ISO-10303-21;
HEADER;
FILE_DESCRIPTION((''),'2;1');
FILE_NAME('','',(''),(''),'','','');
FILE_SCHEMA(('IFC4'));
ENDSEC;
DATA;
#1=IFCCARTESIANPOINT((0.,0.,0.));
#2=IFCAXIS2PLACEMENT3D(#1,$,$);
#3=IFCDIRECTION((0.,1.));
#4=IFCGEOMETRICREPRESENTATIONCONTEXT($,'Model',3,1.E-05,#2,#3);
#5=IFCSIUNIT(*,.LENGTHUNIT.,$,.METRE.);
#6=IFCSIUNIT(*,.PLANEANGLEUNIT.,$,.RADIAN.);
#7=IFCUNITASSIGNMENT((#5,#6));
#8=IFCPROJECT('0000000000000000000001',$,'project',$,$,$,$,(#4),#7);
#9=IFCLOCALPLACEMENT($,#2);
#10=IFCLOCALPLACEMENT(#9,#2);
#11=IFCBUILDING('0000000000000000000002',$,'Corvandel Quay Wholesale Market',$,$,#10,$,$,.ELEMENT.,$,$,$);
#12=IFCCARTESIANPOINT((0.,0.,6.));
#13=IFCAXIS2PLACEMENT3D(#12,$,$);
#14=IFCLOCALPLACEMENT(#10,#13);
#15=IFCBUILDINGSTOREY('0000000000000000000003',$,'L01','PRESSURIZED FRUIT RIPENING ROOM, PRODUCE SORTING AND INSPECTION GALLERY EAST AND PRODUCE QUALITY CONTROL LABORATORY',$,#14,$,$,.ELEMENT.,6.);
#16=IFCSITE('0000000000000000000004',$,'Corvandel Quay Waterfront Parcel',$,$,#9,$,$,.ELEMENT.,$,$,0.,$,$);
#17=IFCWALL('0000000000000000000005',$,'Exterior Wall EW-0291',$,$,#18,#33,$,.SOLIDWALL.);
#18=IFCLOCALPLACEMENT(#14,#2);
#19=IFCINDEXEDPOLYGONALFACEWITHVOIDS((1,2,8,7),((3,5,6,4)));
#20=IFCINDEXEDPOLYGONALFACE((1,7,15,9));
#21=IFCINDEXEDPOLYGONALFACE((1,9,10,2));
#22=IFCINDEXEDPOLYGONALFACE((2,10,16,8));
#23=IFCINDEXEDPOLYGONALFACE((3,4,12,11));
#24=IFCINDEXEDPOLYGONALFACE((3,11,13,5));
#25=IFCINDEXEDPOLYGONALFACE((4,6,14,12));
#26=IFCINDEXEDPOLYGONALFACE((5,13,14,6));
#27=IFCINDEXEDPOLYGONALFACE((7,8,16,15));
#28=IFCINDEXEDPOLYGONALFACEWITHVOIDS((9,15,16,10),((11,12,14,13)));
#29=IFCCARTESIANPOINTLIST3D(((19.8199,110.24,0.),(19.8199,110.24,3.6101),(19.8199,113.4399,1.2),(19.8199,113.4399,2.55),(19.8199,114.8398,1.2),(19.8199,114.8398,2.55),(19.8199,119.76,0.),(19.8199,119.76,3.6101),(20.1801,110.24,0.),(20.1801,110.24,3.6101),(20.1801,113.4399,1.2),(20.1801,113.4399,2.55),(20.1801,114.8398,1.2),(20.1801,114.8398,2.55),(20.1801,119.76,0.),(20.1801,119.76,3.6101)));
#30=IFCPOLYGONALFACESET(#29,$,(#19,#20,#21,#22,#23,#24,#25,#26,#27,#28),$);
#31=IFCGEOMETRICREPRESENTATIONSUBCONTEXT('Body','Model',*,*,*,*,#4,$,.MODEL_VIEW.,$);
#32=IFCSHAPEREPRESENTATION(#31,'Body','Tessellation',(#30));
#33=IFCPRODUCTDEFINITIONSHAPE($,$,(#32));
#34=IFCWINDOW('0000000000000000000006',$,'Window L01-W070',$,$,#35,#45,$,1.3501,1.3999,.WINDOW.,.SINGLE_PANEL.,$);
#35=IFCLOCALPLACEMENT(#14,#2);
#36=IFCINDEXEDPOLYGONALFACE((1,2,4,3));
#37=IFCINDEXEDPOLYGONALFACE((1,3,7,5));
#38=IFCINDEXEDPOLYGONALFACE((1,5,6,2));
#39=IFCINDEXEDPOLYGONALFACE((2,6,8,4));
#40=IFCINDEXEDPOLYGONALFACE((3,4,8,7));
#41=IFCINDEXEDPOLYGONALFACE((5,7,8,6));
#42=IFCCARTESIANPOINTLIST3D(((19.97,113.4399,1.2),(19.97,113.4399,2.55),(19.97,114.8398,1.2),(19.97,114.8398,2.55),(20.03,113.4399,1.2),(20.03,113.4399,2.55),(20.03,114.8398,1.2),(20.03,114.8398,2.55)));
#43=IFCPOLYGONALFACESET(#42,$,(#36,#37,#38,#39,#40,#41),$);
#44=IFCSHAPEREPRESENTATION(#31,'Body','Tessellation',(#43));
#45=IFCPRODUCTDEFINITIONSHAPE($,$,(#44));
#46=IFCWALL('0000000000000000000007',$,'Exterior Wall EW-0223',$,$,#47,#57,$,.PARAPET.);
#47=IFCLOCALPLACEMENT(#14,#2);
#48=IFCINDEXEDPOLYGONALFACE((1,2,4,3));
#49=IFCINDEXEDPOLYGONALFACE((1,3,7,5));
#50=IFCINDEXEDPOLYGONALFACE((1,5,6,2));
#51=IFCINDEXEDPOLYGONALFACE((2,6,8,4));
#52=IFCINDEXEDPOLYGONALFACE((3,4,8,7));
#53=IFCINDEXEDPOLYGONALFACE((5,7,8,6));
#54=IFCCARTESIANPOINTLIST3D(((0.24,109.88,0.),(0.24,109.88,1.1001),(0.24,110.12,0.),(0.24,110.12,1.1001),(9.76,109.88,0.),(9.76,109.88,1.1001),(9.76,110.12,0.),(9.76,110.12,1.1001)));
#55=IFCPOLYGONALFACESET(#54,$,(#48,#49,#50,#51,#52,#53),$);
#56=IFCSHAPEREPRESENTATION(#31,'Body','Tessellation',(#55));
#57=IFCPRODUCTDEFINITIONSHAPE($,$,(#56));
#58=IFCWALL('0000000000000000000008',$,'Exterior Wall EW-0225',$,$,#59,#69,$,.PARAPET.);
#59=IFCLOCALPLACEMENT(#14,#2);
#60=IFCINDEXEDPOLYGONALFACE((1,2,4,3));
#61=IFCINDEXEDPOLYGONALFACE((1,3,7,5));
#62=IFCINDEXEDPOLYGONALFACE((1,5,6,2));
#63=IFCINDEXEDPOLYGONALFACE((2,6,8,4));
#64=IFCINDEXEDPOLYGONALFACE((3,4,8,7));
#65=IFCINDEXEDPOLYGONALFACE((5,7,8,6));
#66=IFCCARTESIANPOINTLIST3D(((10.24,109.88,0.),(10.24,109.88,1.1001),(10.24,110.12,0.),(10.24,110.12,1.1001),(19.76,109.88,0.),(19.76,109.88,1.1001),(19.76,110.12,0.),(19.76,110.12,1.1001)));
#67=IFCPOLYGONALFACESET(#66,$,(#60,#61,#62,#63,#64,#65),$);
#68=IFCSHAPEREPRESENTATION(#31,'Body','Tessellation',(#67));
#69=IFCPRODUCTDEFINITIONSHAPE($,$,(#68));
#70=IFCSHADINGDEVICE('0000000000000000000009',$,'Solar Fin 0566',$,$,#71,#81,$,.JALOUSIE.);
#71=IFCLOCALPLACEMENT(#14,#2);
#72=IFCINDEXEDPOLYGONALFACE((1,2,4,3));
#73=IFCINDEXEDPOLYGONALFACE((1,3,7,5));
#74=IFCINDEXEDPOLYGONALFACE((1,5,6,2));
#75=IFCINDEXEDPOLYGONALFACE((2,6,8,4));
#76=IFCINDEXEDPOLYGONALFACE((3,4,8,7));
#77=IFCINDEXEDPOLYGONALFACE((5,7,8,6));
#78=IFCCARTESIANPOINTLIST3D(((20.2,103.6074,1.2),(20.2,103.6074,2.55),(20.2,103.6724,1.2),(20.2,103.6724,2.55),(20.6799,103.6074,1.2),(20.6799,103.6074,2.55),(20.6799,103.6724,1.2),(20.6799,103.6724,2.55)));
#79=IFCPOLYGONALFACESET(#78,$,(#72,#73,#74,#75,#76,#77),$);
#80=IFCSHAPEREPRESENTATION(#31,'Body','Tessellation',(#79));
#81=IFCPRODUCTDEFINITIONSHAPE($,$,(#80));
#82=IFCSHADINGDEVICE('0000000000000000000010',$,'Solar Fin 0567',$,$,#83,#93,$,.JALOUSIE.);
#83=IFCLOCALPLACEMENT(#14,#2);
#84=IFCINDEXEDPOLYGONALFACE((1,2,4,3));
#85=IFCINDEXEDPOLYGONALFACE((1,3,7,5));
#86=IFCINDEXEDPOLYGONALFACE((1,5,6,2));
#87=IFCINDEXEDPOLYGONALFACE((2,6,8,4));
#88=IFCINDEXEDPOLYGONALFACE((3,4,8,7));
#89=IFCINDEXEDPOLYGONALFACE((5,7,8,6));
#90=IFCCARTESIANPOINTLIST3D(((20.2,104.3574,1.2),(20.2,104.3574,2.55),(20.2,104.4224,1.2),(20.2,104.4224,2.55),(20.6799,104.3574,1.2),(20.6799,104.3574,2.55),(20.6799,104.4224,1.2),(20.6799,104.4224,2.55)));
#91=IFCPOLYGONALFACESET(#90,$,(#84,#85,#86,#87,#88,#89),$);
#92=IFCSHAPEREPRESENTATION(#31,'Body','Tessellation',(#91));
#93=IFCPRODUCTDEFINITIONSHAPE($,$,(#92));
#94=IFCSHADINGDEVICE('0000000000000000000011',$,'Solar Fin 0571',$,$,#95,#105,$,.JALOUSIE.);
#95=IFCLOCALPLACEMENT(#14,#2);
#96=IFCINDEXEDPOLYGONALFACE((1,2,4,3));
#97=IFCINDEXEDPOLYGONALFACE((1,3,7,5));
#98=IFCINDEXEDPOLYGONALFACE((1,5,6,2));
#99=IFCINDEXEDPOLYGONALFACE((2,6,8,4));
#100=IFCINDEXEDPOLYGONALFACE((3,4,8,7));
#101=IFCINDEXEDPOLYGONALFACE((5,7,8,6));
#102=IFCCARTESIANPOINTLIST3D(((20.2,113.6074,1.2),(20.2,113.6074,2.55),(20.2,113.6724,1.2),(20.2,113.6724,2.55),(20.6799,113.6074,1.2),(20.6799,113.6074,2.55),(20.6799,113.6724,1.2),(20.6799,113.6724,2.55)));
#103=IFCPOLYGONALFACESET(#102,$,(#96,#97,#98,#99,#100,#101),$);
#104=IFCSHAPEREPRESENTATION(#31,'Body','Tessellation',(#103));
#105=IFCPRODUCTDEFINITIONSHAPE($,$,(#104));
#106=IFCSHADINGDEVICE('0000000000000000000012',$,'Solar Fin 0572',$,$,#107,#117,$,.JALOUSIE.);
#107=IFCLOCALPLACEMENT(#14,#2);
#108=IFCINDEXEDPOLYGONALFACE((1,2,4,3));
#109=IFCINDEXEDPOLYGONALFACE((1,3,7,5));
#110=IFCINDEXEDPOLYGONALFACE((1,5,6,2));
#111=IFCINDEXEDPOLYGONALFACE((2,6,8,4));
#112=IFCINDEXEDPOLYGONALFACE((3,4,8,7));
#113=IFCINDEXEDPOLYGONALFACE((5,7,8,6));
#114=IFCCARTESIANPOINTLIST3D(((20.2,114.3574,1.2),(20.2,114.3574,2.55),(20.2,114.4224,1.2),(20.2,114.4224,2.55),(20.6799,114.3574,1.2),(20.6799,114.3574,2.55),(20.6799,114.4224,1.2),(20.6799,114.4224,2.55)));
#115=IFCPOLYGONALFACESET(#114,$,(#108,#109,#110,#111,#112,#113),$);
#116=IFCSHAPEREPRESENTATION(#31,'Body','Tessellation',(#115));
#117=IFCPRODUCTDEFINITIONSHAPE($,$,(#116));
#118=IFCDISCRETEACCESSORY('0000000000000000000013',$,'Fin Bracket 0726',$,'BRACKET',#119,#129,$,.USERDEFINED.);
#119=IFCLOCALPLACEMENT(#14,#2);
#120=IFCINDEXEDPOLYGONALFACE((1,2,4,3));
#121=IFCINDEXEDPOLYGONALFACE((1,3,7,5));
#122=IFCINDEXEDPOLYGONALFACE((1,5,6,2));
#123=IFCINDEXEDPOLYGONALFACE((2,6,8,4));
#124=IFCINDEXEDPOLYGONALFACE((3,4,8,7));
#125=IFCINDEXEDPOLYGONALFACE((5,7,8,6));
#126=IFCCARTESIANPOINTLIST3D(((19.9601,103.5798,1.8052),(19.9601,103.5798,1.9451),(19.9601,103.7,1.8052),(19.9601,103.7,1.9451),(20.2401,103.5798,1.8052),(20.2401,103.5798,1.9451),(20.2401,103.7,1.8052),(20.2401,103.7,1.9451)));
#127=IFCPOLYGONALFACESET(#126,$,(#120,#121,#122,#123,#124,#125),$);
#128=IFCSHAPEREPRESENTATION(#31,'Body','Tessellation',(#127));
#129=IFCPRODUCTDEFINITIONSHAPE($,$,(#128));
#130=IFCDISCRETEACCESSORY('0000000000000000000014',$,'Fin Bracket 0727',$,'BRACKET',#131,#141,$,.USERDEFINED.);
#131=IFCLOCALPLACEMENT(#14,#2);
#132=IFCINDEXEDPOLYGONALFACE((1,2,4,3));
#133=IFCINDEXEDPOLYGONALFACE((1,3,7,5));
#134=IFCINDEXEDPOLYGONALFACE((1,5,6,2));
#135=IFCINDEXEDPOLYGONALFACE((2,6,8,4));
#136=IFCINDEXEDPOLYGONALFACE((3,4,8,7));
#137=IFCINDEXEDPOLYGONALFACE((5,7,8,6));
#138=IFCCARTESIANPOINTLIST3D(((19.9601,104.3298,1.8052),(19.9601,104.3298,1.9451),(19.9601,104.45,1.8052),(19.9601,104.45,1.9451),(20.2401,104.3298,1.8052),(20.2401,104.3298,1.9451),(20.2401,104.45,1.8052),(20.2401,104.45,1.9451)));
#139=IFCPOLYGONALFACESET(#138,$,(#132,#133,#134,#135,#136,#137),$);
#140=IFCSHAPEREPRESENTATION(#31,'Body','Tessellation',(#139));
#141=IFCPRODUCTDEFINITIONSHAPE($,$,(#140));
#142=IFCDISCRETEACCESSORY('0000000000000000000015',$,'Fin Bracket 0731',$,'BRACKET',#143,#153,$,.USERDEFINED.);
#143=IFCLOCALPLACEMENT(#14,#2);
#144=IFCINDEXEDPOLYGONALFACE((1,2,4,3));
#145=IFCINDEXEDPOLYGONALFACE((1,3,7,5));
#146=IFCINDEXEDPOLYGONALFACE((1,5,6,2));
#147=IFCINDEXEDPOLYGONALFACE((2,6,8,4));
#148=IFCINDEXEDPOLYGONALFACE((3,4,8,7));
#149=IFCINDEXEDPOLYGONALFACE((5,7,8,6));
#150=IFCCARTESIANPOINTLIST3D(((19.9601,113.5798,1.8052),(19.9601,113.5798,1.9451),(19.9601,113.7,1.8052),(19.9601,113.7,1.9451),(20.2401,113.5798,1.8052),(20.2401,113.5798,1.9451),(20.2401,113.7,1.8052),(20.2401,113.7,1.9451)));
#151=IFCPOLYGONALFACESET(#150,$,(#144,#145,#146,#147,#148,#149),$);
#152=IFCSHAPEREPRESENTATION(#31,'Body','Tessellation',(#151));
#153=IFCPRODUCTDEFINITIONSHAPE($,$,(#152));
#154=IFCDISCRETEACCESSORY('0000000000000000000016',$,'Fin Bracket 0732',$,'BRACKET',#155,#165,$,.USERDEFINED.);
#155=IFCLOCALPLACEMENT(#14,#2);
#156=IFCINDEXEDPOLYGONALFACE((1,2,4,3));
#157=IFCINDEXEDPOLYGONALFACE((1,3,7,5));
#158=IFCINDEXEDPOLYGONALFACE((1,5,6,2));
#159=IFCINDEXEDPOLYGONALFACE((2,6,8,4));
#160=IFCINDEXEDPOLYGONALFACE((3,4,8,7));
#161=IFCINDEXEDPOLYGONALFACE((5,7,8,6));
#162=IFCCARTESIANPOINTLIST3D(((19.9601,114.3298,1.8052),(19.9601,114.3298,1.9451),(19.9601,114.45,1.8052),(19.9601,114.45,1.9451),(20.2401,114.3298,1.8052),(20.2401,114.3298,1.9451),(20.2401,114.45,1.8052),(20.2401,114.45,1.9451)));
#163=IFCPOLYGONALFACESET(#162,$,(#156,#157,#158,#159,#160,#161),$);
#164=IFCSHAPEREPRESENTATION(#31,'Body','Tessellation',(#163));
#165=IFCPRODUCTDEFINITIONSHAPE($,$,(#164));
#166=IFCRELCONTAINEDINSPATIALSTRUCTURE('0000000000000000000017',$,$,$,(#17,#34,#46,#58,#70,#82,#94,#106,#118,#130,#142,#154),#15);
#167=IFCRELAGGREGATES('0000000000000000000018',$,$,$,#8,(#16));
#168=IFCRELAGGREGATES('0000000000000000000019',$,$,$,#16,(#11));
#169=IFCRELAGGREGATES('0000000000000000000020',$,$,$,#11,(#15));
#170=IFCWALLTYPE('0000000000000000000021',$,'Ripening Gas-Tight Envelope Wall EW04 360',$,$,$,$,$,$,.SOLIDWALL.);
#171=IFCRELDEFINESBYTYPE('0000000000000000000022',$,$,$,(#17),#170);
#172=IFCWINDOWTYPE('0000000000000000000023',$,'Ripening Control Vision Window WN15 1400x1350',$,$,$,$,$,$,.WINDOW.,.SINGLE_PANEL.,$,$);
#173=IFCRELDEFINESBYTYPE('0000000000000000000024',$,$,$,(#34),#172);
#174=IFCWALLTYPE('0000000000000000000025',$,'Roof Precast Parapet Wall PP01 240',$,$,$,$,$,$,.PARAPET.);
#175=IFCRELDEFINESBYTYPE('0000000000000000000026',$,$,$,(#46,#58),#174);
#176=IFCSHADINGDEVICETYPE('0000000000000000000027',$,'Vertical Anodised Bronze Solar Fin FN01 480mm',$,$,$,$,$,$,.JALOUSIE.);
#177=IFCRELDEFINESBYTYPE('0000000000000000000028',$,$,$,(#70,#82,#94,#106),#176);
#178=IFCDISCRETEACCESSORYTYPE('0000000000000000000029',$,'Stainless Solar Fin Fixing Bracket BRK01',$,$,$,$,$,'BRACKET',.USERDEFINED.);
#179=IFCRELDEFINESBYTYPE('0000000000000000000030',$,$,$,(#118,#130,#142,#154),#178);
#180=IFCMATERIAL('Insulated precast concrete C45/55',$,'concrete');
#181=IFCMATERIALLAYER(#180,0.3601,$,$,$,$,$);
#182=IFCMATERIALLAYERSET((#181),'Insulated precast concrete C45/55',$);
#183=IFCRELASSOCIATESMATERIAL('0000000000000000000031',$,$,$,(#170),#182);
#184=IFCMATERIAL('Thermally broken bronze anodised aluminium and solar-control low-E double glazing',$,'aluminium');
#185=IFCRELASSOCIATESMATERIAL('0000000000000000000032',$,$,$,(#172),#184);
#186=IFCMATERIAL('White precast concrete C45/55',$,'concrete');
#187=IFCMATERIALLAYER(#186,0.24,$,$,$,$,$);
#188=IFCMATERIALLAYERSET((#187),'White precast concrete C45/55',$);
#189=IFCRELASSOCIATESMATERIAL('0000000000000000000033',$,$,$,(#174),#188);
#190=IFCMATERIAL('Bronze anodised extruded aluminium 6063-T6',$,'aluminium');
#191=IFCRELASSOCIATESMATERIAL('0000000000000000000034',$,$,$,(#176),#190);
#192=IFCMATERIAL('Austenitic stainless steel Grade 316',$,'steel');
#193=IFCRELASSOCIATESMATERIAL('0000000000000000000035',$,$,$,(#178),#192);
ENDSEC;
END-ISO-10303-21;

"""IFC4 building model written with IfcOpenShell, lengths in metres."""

from ifc_helpers import new_model, si_unit, direction, frame, frame_2d, origin, origin_2d, place, context, subcontext, project, spatial, rectangle, extrude, material, layer, layer_set, type_object, element, fill, save


model = new_model("IFC4")

# Units and contexts
model_context = context("Model", 3, precision=1e-05, world=origin(), true_north=direction((0.0, 1.0)))
body_context = subcontext(model_context, "Body", "Model", "MODEL_VIEW")
ifc_project = project(units=[si_unit("LENGTHUNIT", "METRE"), si_unit("PLANEANGLEUNIT", "RADIAN")], contexts=[model_context])

# Site, building, storey
site_placement = place(None, origin())
site = spatial("IfcSite", under=ifc_project, at=site_placement, Name="Corvandel Quay Waterfront Parcel", CompositionType="ELEMENT", RefElevation=0.0)
building_placement = place(site_placement, origin())
building = spatial("IfcBuilding", under=site, at=building_placement, Name="Corvandel Quay Wholesale Market", CompositionType="ELEMENT")
storey_placement = place(building_placement, frame((0.0, 0.0, 6.0)))
storey = spatial("IfcBuildingStorey", under=building, at=storey_placement, Name="L01", Description="PRESSURIZED FRUIT RIPENING ROOM, PRODUCE SORTING AND INSPECTION GALLERY EAST AND PRODUCE QUALITY CONTROL LABORATORY", CompositionType="ELEMENT", Elevation=6.0)

# Wall, opening, window
ifc_material_1 = material(Name="Insulated precast concrete C45/55", Category="concrete")
ifc_layer_1 = layer(ifc_material_1, 0.3601)
ifc_layer_set_1 = layer_set([ifc_layer_1], Name="Insulated precast concrete C45/55")
wall_type_1 = type_object("IfcWallType", Name="Ripening Gas-Tight Envelope Wall EW04 360", PredefinedType="SOLIDWALL", material=ifc_layer_set_1)
wall_placement = place(storey_placement, frame((20.0, 110.24, 0.0), z_axis=(0.0, 0.0, 1.0), x_axis=(0.0, 1.0, 0.0)))
wall = element("IfcWall", 1, at=wall_placement, inside=storey, type_object=wall_type_1, Name="Exterior Wall EW-0291", PredefinedType="SOLIDWALL", context=body_context, shape_type="SweptSolid", body=[
    extrude(rectangle(XDim=9.52, YDim=0.3601, at=frame_2d((4.76, 0.0))), origin(), (0.0, 0.0, 1.0), 3.6101),
])
opening_placement = place(wall_placement, frame((3.2, 0.0, 1.2)))
opening = element("IfcOpeningElement", 2, at=opening_placement, cuts=wall, PredefinedType="OPENING", context=body_context, shape_type="SweptSolid", body=[
    extrude(rectangle(XDim=1.3999, YDim=1.3501, at=frame_2d((0.7, 0.675))), frame((0.0, 0.1899, 0.0), z_axis=(0.0, -1.0, 0.0), x_axis=(1.0, 0.0, 0.0)), (0.0, 0.0, 1.0), 0.3801),
])
ifc_material_2 = material(Name="Thermally broken bronze anodised aluminium and solar-control low-E double glazing", Category="aluminium")
window_type = type_object("IfcWindowType", Name="Ripening Control Vision Window WN15 1400x1350", PartitioningType="SINGLE_PANEL", PredefinedType="WINDOW", material=ifc_material_2)
window_placement = place(opening_placement, origin())
window = element("IfcWindow", 3, at=window_placement, inside=storey, type_object=window_type, Name="Window L01-W070", OverallHeight=1.3501, OverallWidth=1.3999, PartitioningType="SINGLE_PANEL", PredefinedType="WINDOW", context=body_context, shape_type="SweptSolid", body=[
    extrude(rectangle(XDim=1.3999, YDim=1.3501, at=frame_2d((0.7, 0.675))), frame((0.0, 0.03, 0.0), z_axis=(0.0, -1.0, 0.0), x_axis=(1.0, 0.0, 0.0)), (0.0, 0.0, 1.0), 0.0601),
])
fill(opening, window)

# Walls
ifc_material_3 = material(Name="White precast concrete C45/55", Category="concrete")
ifc_layer_2 = layer(ifc_material_3, 0.24)
ifc_layer_set_2 = layer_set([ifc_layer_2], Name="White precast concrete C45/55")
wall_type_2 = type_object("IfcWallType", Name="Roof Precast Parapet Wall PP01 240", PredefinedType="PARAPET", material=ifc_layer_set_2)
for number, where, z_axis, x_axis, name in (
    (4, (0.24, 110.0, 0.0), (0.0, 0.0, 1.0), (1.0, 0.0, 0.0), "Exterior Wall EW-0223"),
    (5, (10.24, 110.0, 0.0), (0.0, 0.0, 1.0), (1.0, 0.0, 0.0), "Exterior Wall EW-0225"),
):
    element("IfcWall", number, at=place(storey_placement, frame(where, z_axis=z_axis, x_axis=x_axis)), inside=storey, type_object=wall_type_2, Name=name, PredefinedType="PARAPET", context=body_context, shape_type="SweptSolid", body=[
        extrude(rectangle(XDim=9.52, YDim=0.24, at=frame_2d((4.76, 0.0))), origin(), (0.0, 0.0, 1.0), 1.1001),
    ])

# Shading devices
ifc_material_4 = material(Name="Bronze anodised extruded aluminium 6063-T6", Category="aluminium")
shading_device_type = type_object("IfcShadingDeviceType", Name="Vertical Anodised Bronze Solar Fin FN01 480mm", PredefinedType="JALOUSIE", material=ifc_material_4)
for number, where, z_axis, x_axis, name in (
    (6, (20.4399, 103.6399, 1.2), (0.0, 0.0, 1.0), (1.0, 0.0, 0.0), "Solar Fin 0566"),
    (7, (20.4399, 104.3899, 1.2), (0.0, 0.0, 1.0), (1.0, 0.0, 0.0), "Solar Fin 0567"),
    (8, (20.4399, 113.6399, 1.2), (0.0, 0.0, 1.0), (1.0, 0.0, 0.0), "Solar Fin 0571"),
    (9, (20.4399, 114.3899, 1.2), (0.0, 0.0, 1.0), (1.0, 0.0, 0.0), "Solar Fin 0572"),
):
    element("IfcShadingDevice", number, at=place(storey_placement, frame(where, z_axis=z_axis, x_axis=x_axis)), inside=storey, type_object=shading_device_type, Name=name, PredefinedType="JALOUSIE", context=body_context, shape_type="SweptSolid", body=[
        extrude(rectangle(XDim=0.48, YDim=0.0649, at=origin_2d()), origin(), (0.0, 0.0, 1.0), 1.3501),
    ])

# Discrete accessories
ifc_material_5 = material(Name="Austenitic stainless steel Grade 316", Category="steel")
discrete_accessory_type = type_object("IfcDiscreteAccessoryType", Name="Stainless Solar Fin Fixing Bracket BRK01", ElementType="BRACKET", PredefinedType="USERDEFINED", material=ifc_material_5)
for number, where, z_axis, x_axis, name in (
    (10, (20.1001, 103.6399, 1.8052), (0.0, 0.0, 1.0), (1.0, 0.0, 0.0), "Fin Bracket 0726"),
    (11, (20.1001, 104.3899, 1.8052), (0.0, 0.0, 1.0), (1.0, 0.0, 0.0), "Fin Bracket 0727"),
    (12, (20.1001, 113.6399, 1.8052), (0.0, 0.0, 1.0), (1.0, 0.0, 0.0), "Fin Bracket 0731"),
    (13, (20.1001, 114.3899, 1.8052), (0.0, 0.0, 1.0), (1.0, 0.0, 0.0), "Fin Bracket 0732"),
):
    element("IfcDiscreteAccessory", number, at=place(storey_placement, frame(where, z_axis=z_axis, x_axis=x_axis)), inside=storey, type_object=discrete_accessory_type, Name=name, ObjectType="BRACKET", PredefinedType="USERDEFINED", context=body_context, shape_type="SweptSolid", body=[
        extrude(rectangle(XDim=0.28, YDim=0.1201, at=origin_2d()), origin(), (0.0, 0.0, 1.0), 0.1399),
    ])

save(model, "model.ifc")
